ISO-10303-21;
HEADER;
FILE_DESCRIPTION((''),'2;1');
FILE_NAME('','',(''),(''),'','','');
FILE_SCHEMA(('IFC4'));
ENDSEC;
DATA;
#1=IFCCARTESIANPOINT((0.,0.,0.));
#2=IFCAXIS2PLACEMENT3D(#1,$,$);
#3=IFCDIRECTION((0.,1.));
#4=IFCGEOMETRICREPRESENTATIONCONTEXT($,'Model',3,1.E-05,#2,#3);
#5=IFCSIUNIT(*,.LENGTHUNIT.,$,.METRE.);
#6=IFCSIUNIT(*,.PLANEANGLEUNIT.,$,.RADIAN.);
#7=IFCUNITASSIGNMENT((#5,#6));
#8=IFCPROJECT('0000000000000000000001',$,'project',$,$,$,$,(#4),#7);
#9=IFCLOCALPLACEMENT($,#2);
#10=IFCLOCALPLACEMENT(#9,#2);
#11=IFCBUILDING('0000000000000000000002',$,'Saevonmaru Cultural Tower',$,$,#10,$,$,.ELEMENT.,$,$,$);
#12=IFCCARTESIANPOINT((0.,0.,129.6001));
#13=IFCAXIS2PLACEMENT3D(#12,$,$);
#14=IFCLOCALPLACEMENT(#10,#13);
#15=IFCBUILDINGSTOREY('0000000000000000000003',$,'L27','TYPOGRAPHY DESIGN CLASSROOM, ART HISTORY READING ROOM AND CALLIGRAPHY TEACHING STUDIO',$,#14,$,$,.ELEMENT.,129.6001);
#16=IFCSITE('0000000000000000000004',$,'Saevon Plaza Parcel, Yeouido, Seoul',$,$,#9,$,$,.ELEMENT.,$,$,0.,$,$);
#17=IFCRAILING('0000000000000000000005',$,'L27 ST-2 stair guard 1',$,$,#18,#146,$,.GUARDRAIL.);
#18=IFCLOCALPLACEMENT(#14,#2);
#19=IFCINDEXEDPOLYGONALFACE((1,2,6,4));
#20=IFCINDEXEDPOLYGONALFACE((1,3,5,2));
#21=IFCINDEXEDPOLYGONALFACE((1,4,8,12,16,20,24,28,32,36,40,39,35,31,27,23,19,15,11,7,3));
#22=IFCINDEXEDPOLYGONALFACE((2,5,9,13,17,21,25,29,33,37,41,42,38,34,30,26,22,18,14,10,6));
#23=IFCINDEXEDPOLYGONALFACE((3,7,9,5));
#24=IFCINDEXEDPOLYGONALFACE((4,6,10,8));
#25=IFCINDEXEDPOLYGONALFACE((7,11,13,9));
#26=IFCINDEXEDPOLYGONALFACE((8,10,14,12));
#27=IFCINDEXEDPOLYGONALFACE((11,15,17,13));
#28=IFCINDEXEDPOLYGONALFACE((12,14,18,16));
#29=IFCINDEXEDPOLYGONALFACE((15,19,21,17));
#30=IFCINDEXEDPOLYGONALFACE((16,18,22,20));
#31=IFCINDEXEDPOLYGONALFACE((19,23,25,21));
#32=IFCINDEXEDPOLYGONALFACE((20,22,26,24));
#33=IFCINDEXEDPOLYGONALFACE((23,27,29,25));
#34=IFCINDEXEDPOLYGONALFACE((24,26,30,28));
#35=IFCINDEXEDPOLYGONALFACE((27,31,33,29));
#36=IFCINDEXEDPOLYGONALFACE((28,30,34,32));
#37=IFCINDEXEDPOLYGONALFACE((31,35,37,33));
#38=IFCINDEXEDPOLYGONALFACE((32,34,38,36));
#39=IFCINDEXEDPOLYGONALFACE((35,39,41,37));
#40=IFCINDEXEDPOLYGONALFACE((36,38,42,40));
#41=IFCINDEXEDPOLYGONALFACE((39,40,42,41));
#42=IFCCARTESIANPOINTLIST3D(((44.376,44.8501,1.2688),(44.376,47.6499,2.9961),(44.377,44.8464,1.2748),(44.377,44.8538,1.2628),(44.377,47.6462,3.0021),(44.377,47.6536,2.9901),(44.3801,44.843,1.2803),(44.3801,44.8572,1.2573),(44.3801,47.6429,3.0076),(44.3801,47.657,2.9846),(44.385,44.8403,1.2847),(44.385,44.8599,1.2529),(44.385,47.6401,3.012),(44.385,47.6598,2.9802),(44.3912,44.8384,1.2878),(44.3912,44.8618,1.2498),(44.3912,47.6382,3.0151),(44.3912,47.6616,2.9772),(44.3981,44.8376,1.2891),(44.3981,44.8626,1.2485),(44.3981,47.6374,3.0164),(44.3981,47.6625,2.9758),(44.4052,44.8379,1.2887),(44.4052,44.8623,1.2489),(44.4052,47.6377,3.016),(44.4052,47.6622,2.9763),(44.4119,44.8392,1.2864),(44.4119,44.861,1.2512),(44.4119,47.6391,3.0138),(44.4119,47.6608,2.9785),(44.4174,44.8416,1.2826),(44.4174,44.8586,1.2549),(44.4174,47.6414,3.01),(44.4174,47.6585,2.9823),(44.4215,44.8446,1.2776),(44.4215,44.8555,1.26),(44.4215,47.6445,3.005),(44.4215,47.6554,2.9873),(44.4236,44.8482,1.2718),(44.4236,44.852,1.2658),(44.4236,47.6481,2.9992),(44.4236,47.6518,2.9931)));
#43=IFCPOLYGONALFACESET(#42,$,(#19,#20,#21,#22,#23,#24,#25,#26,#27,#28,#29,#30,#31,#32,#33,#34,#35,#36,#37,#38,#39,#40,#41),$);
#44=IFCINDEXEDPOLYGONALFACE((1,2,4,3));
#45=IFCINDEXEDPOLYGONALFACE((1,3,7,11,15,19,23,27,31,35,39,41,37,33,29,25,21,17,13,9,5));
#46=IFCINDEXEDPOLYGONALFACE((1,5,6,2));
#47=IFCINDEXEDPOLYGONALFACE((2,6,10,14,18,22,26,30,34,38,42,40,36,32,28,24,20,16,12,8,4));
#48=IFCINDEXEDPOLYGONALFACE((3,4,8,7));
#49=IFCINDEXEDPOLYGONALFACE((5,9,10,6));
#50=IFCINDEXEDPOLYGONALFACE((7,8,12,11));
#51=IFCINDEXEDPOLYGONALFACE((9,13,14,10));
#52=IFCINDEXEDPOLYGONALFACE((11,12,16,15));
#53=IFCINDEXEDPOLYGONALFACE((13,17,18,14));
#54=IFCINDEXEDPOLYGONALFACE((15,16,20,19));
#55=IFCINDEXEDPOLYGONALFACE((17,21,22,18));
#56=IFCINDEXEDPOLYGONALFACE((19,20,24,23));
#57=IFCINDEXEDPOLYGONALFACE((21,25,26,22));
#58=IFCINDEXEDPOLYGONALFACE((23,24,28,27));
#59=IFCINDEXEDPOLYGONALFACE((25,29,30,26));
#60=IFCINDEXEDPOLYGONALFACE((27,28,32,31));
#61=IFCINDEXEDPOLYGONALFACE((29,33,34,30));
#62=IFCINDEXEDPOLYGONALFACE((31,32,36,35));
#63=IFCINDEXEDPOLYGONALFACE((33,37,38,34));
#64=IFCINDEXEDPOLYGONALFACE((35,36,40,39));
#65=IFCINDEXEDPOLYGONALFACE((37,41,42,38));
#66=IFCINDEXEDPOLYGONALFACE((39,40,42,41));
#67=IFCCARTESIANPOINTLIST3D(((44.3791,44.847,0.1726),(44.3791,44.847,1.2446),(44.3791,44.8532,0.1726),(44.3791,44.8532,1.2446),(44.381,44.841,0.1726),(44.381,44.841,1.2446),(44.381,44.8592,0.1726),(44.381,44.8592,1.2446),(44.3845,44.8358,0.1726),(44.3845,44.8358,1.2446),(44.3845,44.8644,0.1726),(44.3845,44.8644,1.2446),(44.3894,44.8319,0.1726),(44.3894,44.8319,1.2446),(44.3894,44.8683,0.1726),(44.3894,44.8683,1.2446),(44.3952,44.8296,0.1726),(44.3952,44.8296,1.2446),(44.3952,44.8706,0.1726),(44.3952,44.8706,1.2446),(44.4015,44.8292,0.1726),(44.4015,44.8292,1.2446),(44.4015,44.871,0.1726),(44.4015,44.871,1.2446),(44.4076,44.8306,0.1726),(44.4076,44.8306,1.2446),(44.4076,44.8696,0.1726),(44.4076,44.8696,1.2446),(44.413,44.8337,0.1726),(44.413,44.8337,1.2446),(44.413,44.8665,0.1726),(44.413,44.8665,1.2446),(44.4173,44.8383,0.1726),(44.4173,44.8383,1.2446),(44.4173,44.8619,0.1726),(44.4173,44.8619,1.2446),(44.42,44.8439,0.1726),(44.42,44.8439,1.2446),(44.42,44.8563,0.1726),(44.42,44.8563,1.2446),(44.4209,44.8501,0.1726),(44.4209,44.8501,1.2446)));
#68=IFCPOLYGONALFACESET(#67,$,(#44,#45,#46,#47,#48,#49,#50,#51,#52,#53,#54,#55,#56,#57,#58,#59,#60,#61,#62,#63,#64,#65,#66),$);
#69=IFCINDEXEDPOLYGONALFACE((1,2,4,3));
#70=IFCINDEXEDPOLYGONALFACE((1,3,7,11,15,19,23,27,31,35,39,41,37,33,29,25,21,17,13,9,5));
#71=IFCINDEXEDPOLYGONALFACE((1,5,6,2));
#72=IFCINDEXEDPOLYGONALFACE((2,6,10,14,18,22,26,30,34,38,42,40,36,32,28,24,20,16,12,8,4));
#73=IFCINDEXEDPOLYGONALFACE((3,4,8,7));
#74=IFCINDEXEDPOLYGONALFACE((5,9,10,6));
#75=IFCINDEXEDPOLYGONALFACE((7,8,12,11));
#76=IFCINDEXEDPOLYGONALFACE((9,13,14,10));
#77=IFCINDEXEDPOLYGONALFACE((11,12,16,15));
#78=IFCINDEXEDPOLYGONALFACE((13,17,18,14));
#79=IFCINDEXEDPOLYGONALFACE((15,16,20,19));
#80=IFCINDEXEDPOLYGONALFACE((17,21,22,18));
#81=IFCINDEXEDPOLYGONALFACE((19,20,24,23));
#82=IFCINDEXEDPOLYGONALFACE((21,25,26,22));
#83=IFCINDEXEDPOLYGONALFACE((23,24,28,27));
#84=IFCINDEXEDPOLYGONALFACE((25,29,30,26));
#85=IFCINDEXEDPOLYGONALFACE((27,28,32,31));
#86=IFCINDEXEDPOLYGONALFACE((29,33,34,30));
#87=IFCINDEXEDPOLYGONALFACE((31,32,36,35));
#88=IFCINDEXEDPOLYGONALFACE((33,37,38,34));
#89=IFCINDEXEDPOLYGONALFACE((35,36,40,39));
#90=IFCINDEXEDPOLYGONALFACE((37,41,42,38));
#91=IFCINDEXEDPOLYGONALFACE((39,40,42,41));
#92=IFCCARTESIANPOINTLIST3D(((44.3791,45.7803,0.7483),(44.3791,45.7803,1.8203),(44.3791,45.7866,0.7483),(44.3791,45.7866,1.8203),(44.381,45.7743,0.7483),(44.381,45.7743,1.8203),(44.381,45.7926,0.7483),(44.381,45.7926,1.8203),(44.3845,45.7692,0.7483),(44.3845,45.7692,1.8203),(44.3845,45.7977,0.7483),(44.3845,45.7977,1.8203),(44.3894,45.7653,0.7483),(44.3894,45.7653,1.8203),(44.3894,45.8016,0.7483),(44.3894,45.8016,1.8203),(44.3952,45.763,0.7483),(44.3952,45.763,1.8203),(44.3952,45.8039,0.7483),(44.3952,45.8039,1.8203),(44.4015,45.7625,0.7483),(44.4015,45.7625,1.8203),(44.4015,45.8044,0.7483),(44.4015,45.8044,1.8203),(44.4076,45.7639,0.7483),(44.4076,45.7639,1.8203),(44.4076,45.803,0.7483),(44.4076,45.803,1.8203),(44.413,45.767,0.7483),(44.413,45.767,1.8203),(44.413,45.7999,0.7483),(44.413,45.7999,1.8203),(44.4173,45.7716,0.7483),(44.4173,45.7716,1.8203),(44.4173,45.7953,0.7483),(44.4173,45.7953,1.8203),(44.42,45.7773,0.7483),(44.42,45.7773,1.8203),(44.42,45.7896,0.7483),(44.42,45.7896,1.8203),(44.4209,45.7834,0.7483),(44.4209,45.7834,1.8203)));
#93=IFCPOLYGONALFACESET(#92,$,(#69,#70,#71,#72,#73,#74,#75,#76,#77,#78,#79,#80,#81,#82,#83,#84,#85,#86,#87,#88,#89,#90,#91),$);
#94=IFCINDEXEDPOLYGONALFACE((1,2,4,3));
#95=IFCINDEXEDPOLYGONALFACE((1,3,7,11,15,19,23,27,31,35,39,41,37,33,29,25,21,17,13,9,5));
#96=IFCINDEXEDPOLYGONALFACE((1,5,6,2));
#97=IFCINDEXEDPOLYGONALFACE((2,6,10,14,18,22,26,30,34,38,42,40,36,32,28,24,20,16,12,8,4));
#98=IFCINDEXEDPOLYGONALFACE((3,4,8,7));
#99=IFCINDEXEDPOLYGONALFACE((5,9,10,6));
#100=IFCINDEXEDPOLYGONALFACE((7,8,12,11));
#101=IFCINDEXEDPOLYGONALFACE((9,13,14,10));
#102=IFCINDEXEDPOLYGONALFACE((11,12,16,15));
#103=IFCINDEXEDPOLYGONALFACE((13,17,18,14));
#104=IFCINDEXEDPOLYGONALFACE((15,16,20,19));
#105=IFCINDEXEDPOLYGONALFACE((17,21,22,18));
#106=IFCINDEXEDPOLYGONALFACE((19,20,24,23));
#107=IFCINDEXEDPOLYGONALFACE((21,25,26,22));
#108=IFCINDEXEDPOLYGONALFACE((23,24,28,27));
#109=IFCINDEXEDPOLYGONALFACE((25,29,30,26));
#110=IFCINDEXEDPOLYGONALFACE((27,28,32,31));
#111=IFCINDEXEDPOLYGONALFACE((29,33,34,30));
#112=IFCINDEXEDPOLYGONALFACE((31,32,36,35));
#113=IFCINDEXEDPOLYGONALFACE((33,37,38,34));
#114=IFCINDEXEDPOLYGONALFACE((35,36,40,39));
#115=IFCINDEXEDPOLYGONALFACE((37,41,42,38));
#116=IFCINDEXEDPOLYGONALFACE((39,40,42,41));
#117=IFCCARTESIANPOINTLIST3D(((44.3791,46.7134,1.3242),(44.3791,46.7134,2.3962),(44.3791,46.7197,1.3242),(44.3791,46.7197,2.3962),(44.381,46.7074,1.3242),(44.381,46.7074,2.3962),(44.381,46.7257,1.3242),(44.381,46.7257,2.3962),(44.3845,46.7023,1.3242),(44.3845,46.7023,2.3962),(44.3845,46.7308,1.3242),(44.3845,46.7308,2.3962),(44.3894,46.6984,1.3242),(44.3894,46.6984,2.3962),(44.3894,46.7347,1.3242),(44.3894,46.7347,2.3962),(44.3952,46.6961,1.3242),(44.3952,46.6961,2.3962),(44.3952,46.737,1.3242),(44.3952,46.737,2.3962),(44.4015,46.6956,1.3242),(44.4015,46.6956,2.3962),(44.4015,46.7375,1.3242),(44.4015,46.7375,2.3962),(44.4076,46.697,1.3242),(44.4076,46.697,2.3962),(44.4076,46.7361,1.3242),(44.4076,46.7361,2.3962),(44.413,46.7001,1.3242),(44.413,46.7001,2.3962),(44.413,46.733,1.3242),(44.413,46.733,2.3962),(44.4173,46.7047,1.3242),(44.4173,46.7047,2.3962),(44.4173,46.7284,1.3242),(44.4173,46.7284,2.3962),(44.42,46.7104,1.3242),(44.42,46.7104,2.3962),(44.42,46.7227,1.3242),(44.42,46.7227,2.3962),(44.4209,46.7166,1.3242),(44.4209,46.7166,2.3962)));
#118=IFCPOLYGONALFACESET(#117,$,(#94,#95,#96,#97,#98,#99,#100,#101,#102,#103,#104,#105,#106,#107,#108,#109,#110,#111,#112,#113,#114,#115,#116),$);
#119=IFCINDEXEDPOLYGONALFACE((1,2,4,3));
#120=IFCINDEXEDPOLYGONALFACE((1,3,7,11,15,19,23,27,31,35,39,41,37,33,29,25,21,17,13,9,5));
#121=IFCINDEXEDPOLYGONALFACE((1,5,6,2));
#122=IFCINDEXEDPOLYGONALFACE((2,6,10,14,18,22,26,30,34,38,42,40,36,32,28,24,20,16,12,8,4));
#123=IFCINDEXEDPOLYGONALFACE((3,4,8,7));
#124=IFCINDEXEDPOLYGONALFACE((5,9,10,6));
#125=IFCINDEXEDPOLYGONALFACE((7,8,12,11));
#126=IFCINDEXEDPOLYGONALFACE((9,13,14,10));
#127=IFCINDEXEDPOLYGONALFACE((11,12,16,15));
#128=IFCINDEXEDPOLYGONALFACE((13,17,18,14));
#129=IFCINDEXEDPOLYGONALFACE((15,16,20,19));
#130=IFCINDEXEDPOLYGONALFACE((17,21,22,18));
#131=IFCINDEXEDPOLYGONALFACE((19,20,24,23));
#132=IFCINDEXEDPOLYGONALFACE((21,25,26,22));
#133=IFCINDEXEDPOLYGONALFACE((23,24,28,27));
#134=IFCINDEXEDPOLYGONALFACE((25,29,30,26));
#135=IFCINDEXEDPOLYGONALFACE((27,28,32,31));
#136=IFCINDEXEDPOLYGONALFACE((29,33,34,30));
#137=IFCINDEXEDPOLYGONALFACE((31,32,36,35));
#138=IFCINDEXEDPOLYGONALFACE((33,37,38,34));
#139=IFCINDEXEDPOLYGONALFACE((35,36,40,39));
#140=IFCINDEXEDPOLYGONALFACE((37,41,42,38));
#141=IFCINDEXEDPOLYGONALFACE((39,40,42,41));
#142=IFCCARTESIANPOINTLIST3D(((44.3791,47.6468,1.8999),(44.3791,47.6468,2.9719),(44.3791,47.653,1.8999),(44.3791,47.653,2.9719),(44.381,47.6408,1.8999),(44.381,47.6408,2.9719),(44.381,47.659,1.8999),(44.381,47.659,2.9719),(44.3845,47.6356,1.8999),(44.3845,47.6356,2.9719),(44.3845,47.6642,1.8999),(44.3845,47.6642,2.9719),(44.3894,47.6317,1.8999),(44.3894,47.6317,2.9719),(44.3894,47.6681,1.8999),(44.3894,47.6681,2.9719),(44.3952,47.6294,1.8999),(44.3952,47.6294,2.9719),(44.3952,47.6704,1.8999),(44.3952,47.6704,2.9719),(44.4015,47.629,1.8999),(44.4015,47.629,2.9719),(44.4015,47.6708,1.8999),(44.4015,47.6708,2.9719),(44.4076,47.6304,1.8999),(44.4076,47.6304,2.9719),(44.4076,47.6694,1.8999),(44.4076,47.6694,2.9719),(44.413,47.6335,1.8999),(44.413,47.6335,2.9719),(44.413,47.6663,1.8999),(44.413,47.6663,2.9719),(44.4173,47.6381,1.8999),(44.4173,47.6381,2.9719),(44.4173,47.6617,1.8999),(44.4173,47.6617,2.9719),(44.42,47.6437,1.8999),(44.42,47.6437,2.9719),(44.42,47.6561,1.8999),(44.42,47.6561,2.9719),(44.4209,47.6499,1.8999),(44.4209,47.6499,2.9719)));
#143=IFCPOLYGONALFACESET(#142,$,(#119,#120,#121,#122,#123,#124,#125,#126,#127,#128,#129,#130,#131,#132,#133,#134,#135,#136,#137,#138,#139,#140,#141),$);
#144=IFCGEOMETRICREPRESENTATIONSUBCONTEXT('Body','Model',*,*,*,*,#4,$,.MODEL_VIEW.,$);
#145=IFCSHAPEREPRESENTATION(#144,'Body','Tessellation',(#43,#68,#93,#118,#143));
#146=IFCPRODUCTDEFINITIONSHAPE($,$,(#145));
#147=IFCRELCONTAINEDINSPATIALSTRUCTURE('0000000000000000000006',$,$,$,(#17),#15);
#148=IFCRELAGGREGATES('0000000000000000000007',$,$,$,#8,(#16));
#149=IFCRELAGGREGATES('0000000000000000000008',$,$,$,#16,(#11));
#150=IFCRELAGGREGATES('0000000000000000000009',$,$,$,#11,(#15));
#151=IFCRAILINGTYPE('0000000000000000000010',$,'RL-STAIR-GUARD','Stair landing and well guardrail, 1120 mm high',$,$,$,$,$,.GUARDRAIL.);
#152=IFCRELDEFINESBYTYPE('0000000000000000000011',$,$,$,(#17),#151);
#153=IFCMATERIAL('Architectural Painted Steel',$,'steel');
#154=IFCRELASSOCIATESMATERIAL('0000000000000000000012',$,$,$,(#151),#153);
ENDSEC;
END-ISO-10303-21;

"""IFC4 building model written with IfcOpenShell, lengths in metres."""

from ifc_helpers import new_model, si_unit, direction, frame, origin, origin_2d, place, context, subcontext, project, spatial, circle, extrude, material, type_object, element, save


model = new_model("IFC4")

# Units and contexts
model_context = context("Model", 3, precision=1e-05, world=origin(), true_north=direction((0.0, 1.0)))
body_context = subcontext(model_context, "Body", "Model", "MODEL_VIEW")
ifc_project = project(units=[si_unit("LENGTHUNIT", "METRE"), si_unit("PLANEANGLEUNIT", "RADIAN")], contexts=[model_context])

# Site, building, storey
site_placement = place(None, origin())
site = spatial("IfcSite", under=ifc_project, at=site_placement, Name="Saevon Plaza Parcel, Yeouido, Seoul", CompositionType="ELEMENT", RefElevation=0.0)
building_placement = place(site_placement, origin())
building = spatial("IfcBuilding", under=site, at=building_placement, Name="Saevonmaru Cultural Tower", CompositionType="ELEMENT")
storey_placement = place(building_placement, frame((0.0, 0.0, 129.6001)))
storey = spatial("IfcBuildingStorey", under=building, at=storey_placement, Name="L27", Description="TYPOGRAPHY DESIGN CLASSROOM, ART HISTORY READING ROOM AND CALLIGRAPHY TEACHING STUDIO", CompositionType="ELEMENT", Elevation=129.6001)

# Railing
ifc_material_1 = material(Name="Architectural Painted Steel", Category="steel")
railing_type_1 = type_object("IfcRailingType", Name="RL-STAIR-GUARD", Description="Stair landing and well guardrail, 1120 mm high", PredefinedType="GUARDRAIL", material=ifc_material_1)
railing_1_placement = place(storey_placement, frame((44.3999, 44.8501, 0.1726)))
element("IfcRailing", 1, at=railing_1_placement, inside=storey, type_object=railing_type_1, Name="L27 ST-2 stair guard 1", PredefinedType="GUARDRAIL", context=body_context, shape_type="SweptSolid", body=[
    extrude(circle(Radius=0.0239, at=origin_2d()), frame((0.0, 0.0, 1.0962), z_axis=(0.0, 0.851069, 0.525054), x_axis=(-1.0, 0.0, 0.0)), (0.0, 0.0, 1.0), 3.2898),
    extrude(circle(Radius=0.021, at=origin_2d()), origin(), (0.0, 0.0, 1.0), 1.072),
    extrude(circle(Radius=0.021, at=origin_2d()), frame((0.0, 0.9333, 0.5757)), (0.0, 0.0, 1.0), 1.072),
    extrude(circle(Radius=0.021, at=origin_2d()), frame((0.0, 1.8665, 1.1516)), (0.0, 0.0, 1.0), 1.072),
    extrude(circle(Radius=0.021, at=origin_2d()), frame((0.0, 2.7998, 1.7273)), (0.0, 0.0, 1.0), 1.072),
])

save(model, "model.ifc")
